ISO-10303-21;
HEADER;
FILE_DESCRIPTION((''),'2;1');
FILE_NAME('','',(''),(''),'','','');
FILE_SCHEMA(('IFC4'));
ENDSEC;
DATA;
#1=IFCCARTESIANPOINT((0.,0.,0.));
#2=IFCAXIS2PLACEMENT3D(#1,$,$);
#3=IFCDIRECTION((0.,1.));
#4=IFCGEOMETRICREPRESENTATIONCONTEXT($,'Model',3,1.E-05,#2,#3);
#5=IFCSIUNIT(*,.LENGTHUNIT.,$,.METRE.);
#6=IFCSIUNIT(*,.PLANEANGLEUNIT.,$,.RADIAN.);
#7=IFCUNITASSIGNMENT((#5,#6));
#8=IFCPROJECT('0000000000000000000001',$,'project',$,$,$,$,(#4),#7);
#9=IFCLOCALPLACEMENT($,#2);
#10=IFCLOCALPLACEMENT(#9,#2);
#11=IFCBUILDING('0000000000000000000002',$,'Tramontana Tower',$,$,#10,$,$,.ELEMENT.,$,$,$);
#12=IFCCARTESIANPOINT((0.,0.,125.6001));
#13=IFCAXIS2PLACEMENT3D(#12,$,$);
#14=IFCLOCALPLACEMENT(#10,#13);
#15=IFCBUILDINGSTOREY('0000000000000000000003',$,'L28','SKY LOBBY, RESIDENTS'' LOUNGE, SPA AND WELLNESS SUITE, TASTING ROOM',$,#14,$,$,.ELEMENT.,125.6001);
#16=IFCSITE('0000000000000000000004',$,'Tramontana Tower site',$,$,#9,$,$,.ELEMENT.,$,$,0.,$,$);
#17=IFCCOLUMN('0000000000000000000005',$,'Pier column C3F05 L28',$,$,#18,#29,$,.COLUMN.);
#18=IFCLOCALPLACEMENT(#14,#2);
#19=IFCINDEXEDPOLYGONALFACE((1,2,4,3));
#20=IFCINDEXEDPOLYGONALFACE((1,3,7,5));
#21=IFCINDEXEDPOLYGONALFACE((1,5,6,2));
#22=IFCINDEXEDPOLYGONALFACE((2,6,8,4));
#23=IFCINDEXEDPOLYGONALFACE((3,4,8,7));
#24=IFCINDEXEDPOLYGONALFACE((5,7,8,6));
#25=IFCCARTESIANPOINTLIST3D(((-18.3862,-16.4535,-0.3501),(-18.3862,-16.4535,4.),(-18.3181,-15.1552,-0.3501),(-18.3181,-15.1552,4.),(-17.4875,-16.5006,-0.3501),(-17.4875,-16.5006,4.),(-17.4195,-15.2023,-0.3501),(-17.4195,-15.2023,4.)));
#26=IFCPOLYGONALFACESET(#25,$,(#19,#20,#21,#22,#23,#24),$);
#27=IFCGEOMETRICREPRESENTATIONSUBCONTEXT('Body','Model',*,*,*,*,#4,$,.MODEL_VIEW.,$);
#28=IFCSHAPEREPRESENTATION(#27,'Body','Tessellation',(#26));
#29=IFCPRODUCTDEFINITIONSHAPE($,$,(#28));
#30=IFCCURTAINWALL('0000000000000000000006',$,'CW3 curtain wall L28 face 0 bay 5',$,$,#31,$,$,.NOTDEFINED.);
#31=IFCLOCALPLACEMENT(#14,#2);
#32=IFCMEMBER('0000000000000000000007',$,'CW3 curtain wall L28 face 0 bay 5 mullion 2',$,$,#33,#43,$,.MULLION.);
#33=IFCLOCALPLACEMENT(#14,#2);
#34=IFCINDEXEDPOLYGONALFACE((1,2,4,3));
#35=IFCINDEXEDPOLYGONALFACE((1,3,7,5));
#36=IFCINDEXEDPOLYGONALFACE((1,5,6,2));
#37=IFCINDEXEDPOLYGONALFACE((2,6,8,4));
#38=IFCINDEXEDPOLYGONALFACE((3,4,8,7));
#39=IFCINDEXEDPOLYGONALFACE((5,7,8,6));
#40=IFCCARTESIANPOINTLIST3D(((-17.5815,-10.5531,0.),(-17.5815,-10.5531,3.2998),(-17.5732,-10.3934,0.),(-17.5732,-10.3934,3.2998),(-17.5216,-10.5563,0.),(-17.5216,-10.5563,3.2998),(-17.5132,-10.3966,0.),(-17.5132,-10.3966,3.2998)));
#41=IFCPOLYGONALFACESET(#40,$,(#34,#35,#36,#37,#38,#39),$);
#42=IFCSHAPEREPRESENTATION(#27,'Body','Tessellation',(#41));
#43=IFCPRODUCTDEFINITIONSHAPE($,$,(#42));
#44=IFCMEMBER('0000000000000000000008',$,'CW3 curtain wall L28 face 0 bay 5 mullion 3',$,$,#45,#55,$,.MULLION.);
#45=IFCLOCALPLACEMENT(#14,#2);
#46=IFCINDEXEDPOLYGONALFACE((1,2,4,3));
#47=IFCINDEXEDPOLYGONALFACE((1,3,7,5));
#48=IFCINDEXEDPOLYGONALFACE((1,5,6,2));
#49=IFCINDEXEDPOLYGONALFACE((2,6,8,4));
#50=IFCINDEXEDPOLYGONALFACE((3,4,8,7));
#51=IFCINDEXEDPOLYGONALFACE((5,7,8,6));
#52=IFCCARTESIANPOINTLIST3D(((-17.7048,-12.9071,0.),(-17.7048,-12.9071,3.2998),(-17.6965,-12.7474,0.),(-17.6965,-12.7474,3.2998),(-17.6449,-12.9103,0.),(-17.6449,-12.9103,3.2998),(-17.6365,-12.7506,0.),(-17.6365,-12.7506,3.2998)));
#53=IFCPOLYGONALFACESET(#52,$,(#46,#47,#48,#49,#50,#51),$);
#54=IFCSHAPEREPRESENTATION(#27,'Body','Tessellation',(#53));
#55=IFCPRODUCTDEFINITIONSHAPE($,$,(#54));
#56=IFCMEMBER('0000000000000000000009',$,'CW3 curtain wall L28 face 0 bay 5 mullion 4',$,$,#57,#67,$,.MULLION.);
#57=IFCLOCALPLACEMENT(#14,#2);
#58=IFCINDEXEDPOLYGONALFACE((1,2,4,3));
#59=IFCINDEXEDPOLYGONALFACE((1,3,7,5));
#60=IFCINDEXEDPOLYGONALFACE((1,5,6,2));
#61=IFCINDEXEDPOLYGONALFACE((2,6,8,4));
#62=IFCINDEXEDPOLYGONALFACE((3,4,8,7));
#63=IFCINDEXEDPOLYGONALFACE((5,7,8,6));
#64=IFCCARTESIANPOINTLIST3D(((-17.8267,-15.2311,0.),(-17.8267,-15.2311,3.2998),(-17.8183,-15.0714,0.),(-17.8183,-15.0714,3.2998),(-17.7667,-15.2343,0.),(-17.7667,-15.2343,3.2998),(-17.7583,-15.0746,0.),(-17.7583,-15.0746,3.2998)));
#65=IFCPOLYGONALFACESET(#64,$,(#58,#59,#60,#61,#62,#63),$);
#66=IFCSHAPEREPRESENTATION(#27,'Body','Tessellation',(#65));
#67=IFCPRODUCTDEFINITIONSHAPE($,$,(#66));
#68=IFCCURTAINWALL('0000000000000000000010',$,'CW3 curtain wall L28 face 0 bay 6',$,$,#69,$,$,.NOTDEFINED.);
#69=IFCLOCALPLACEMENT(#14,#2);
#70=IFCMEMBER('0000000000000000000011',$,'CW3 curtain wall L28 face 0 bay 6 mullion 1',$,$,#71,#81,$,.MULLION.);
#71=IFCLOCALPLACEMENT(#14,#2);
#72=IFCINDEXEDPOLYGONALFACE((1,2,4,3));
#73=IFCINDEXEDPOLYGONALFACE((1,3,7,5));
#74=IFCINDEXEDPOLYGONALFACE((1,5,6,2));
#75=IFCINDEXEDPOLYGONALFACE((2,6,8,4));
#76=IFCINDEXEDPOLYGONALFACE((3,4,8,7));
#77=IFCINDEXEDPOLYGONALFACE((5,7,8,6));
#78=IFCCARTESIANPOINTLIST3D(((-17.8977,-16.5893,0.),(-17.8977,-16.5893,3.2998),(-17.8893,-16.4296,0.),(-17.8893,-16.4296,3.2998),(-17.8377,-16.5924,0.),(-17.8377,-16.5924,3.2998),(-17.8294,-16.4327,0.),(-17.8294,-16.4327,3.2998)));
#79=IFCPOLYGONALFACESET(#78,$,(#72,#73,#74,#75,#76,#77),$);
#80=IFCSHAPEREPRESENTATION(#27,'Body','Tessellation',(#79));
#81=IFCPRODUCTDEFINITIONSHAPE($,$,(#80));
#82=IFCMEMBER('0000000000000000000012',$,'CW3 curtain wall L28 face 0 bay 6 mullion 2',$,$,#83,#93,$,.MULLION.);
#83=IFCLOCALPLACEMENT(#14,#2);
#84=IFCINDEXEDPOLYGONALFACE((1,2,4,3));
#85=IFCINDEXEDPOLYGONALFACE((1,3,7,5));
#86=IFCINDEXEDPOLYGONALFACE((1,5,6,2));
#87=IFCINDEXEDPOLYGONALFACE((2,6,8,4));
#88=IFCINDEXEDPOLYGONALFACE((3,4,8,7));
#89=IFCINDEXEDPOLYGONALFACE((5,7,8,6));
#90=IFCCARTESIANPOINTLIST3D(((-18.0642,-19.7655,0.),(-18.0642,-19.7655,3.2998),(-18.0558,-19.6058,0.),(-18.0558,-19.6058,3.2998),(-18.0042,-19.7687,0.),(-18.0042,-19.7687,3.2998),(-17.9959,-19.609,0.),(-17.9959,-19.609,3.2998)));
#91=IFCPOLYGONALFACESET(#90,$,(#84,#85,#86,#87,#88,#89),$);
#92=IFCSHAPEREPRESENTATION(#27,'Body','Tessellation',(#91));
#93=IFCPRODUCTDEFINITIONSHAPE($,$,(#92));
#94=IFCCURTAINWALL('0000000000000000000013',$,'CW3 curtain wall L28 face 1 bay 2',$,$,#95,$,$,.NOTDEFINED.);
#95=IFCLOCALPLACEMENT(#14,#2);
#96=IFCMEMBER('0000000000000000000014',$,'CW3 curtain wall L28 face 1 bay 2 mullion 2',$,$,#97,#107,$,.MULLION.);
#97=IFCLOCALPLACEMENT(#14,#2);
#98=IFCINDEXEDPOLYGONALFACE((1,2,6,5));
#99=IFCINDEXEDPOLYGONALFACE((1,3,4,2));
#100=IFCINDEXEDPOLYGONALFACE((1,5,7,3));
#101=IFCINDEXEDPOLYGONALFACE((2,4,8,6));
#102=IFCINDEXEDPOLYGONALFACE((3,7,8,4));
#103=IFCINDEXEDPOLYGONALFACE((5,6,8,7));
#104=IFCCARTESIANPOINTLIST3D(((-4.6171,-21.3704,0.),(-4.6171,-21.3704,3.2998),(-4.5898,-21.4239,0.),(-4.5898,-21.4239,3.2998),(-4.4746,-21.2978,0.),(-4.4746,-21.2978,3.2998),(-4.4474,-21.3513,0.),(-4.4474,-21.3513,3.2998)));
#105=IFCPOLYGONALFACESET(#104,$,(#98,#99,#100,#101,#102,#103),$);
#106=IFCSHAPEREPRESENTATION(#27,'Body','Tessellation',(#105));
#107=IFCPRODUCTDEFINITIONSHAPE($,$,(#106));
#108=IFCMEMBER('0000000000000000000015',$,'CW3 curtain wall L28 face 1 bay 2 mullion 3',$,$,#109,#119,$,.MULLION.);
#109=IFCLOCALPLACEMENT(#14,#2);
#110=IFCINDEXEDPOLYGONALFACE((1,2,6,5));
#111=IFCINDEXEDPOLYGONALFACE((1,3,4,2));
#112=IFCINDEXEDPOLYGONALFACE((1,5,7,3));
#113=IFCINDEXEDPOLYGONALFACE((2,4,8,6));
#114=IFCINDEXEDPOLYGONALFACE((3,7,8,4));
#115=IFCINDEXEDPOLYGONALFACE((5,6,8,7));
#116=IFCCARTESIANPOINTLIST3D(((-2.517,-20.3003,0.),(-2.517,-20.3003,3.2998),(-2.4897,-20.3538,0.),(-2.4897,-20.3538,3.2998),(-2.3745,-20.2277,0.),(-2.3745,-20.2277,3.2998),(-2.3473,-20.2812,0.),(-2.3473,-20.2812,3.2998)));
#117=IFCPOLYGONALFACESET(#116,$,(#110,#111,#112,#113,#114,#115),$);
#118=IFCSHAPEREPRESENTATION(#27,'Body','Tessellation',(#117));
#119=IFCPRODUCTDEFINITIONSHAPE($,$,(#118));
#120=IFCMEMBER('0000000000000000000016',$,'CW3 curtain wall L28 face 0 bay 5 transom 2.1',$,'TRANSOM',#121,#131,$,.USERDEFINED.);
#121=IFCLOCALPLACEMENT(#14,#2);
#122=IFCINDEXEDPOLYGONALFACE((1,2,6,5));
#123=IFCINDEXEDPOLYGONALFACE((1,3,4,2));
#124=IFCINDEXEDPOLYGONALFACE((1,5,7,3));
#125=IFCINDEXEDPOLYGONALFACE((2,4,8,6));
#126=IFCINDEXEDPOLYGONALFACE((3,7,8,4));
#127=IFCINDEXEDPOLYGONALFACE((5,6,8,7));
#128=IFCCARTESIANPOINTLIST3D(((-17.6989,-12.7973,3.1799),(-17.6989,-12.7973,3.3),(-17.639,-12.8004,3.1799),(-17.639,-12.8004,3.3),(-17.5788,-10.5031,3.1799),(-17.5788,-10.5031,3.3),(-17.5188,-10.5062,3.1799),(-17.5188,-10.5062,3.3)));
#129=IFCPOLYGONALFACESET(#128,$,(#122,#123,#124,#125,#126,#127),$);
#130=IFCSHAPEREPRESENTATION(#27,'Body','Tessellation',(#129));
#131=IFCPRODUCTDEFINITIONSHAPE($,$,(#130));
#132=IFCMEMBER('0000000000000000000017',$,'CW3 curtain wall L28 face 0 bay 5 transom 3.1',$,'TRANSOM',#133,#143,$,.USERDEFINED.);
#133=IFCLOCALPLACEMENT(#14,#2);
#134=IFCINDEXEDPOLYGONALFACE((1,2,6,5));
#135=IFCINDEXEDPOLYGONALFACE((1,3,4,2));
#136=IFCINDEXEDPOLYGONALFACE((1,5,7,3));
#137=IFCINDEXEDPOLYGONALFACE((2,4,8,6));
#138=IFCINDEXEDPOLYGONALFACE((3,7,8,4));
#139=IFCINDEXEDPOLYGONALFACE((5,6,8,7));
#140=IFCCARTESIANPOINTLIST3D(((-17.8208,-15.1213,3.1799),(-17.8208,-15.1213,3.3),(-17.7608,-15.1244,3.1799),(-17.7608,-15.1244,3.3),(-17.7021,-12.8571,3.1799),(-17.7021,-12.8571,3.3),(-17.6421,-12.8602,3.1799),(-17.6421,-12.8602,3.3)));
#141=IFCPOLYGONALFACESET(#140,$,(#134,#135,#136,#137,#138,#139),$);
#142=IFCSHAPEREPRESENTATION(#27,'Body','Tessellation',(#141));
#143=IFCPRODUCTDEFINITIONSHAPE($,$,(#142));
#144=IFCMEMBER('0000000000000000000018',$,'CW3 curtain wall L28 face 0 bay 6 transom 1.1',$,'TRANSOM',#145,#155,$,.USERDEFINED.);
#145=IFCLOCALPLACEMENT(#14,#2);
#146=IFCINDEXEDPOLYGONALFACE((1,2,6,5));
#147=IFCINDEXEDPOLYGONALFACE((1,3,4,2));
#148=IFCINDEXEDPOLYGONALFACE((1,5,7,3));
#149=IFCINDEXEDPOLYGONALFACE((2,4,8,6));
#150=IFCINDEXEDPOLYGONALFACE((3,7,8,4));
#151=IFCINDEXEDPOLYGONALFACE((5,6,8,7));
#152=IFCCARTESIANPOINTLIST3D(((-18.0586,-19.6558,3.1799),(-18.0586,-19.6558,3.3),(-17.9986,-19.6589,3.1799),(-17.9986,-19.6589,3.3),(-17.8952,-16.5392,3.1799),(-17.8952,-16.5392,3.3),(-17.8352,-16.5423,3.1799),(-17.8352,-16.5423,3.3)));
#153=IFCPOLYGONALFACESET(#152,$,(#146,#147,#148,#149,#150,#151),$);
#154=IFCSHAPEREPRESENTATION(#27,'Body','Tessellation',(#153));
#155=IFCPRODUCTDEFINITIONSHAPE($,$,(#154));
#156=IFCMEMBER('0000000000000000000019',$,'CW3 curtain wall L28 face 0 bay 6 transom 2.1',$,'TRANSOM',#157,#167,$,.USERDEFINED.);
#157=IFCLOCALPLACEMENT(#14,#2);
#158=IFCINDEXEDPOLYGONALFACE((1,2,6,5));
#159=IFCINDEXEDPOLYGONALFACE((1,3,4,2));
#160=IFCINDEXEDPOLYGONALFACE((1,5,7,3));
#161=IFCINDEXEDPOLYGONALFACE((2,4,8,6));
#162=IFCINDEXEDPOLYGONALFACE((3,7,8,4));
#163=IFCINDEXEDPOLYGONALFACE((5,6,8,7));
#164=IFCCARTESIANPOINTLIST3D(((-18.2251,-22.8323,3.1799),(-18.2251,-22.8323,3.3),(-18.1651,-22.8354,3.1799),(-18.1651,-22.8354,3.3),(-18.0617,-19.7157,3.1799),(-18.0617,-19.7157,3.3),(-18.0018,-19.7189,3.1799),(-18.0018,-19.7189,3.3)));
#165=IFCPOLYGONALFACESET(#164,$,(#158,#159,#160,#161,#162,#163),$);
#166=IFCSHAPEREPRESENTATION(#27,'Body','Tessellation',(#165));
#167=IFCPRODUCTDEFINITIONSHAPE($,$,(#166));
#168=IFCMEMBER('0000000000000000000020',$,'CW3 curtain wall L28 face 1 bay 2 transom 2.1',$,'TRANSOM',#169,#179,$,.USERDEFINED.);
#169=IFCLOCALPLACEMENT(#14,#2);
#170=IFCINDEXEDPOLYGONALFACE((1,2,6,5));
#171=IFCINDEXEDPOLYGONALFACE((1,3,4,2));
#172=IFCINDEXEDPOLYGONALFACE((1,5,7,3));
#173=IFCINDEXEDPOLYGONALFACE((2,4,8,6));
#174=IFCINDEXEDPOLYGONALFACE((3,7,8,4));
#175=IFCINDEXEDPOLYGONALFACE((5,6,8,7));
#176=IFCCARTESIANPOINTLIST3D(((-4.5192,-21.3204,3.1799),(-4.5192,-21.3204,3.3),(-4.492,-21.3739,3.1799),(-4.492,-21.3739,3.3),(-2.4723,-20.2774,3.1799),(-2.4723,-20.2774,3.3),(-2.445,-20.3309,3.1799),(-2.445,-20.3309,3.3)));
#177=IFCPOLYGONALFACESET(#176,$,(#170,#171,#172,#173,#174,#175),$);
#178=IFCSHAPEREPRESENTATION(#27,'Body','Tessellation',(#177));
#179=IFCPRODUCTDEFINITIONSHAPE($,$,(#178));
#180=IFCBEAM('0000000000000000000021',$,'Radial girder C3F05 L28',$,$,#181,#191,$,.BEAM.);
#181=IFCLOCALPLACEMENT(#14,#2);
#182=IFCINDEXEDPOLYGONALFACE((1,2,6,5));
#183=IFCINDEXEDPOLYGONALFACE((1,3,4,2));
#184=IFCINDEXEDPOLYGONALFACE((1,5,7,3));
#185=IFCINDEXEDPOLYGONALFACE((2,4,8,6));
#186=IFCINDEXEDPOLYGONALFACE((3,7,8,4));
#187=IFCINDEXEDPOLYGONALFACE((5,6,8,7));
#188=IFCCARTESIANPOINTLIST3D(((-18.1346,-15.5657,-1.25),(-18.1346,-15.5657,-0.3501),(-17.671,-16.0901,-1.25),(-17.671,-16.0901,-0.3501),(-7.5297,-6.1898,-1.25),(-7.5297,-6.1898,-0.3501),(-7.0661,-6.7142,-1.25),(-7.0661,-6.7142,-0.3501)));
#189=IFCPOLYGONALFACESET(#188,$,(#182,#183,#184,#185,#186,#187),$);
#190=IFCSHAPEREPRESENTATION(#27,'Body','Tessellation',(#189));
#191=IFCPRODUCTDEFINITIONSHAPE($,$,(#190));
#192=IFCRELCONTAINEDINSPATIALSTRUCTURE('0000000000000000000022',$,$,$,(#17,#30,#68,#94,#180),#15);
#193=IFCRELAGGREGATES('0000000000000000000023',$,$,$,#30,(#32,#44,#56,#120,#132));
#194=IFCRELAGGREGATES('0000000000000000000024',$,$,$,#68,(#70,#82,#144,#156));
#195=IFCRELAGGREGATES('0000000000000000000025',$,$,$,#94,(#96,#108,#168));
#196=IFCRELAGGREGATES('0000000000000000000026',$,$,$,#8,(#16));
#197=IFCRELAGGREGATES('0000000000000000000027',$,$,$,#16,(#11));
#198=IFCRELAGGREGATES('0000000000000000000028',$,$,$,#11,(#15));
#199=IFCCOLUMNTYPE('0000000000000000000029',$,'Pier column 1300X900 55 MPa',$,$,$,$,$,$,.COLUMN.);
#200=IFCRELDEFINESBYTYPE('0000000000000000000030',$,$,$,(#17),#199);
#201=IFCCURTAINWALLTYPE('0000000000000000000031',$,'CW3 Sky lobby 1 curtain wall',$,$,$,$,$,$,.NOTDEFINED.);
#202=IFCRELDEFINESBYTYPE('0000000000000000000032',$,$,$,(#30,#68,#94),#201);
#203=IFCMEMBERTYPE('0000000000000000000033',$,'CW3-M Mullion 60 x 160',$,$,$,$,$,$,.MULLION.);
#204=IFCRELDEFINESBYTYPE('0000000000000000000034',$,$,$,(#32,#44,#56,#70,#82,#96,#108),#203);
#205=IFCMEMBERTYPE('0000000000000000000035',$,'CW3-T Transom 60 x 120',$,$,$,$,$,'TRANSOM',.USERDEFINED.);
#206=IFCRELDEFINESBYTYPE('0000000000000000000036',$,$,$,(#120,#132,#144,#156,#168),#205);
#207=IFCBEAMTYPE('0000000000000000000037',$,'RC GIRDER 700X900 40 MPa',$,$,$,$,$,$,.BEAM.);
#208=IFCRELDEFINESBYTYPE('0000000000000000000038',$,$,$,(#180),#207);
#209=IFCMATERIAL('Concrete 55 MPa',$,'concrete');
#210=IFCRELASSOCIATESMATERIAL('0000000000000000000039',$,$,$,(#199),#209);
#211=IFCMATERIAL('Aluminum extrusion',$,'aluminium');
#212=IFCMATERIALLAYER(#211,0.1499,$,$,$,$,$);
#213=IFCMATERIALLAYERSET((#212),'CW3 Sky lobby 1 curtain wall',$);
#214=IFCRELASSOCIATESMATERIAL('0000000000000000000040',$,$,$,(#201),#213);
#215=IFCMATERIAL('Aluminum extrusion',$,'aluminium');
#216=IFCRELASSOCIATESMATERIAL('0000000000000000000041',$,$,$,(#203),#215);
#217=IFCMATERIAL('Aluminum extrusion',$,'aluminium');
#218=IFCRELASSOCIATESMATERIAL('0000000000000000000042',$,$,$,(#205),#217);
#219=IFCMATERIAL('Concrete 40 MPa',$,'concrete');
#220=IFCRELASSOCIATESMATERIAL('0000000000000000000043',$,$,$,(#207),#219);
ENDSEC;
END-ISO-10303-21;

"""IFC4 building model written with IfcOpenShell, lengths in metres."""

from ifc_helpers import new_model, si_unit, direction, frame, origin, origin_2d, place, context, subcontext, project, spatial, rectangle, extrude, material, layer, layer_set, material_profile, profile_set, type_object, element, aggregate, save


model = new_model("IFC4")

# Units and contexts
model_context = context("Model", 3, precision=1e-05, world=origin(), true_north=direction((0.0, 1.0)))
body_context = subcontext(model_context, "Body", "Model", "MODEL_VIEW")
ifc_project = project(units=[si_unit("LENGTHUNIT", "METRE"), si_unit("PLANEANGLEUNIT", "RADIAN")], contexts=[model_context])

# Site, building, storey
site_placement = place(None, origin())
site = spatial("IfcSite", under=ifc_project, at=site_placement, Name="Tramontana Tower site", CompositionType="ELEMENT", RefElevation=0.0)
building_placement = place(site_placement, origin())
building = spatial("IfcBuilding", under=site, at=building_placement, Name="Tramontana Tower", CompositionType="ELEMENT")
storey_placement = place(building_placement, frame((0.0, 0.0, 125.6001)))
storey = spatial("IfcBuildingStorey", under=building, at=storey_placement, Name="L28", Description="SKY LOBBY, RESIDENTS' LOUNGE, SPA AND WELLNESS SUITE, TASTING ROOM", CompositionType="ELEMENT", Elevation=125.6001)

# Column
ifc_material_1 = material(Name="Concrete 55 MPa", Category="concrete")
ifc_material_profile_1 = material_profile(ifc_material_1, rectangle(XDim=1.3, YDim=0.8999, at=origin_2d()), Name="Pier column 1300X900 55 MPa")
ifc_profile_set_1 = profile_set([ifc_material_profile_1], Name="Concrete 55 MPa")
column_type = type_object("IfcColumnType", Name="Pier column 1300X900 55 MPa", PredefinedType="COLUMN", material=ifc_profile_set_1)
column_placement = place(storey_placement, frame((-17.9028, -15.8279, -0.3501), z_axis=(0.0, 0.0, 1.0), x_axis=(-0.052336, -0.99863, 0.0)))
element("IfcColumn", 1, at=column_placement, inside=storey, type_object=column_type, Name="Pier column C3F05 L28", PredefinedType="COLUMN", context=body_context, shape_type="SweptSolid", body=[
    extrude(rectangle(XDim=1.3, YDim=0.8999, at=origin_2d()), origin(), (0.0, 0.0, 1.0), 4.3501),
])

# Curtain walls, members
ifc_material_2 = material(Name="Aluminum extrusion", Category="aluminium")
ifc_layer_1 = layer(ifc_material_2, 0.1499)
ifc_layer_set_1 = layer_set([ifc_layer_1], Name="CW3 Sky lobby 1 curtain wall")
curtain_wall_type = type_object("IfcCurtainWallType", Name="CW3 Sky lobby 1 curtain wall", PredefinedType="NOTDEFINED", material=ifc_layer_set_1)
curtain_wall_1_placement = place(storey_placement, origin())
curtain_wall_1 = element("IfcCurtainWall", 2, at=curtain_wall_1_placement, inside=storey, type_object=curtain_wall_type, Name="CW3 curtain wall L28 face 0 bay 5", PredefinedType="NOTDEFINED")
ifc_material_3 = material(Name="Aluminum extrusion", Category="aluminium")
ifc_material_profile_2 = material_profile(ifc_material_3, rectangle(XDim=0.0601, YDim=0.1599, at=origin_2d()), Name="CW3-M Mullion 60 x 160")
ifc_profile_set_2 = profile_set([ifc_material_profile_2], Name="Aluminum extrusion")
member_type_1 = type_object("IfcMemberType", Name="CW3-M Mullion 60 x 160", PredefinedType="MULLION", material=ifc_profile_set_2)
member_1_placement = place(storey_placement, frame((-17.5474, -10.4749, 0.0), z_axis=(0.0, 0.0, 1.0), x_axis=(0.99863, -0.052336, 0.0)))
member_1 = element("IfcMember", 3, at=member_1_placement, type_object=member_type_1, Name="CW3 curtain wall L28 face 0 bay 5 mullion 2", PredefinedType="MULLION", context=body_context, shape_type="SweptSolid", body=[
    extrude(rectangle(XDim=0.0601, YDim=0.1599, at=origin_2d()), origin(), (0.0, 0.0, 1.0), 3.2998),
])
member_2_placement = place(storey_placement, frame((-17.6707, -12.8289, 0.0), z_axis=(0.0, 0.0, 1.0), x_axis=(0.99863, -0.052336, 0.0)))
member_2 = element("IfcMember", 4, at=member_2_placement, type_object=member_type_1, Name="CW3 curtain wall L28 face 0 bay 5 mullion 3", PredefinedType="MULLION", context=body_context, shape_type="SweptSolid", body=[
    extrude(rectangle(XDim=0.0601, YDim=0.1599, at=origin_2d()), origin(), (0.0, 0.0, 1.0), 3.2998),
])
member_3_placement = place(storey_placement, frame((-17.7925, -15.1528, 0.0), z_axis=(0.0, 0.0, 1.0), x_axis=(0.99863, -0.052336, 0.0)))
member_3 = element("IfcMember", 5, at=member_3_placement, type_object=member_type_1, Name="CW3 curtain wall L28 face 0 bay 5 mullion 4", PredefinedType="MULLION", context=body_context, shape_type="SweptSolid", body=[
    extrude(rectangle(XDim=0.0601, YDim=0.1599, at=origin_2d()), origin(), (0.0, 0.0, 1.0), 3.2998),
])
curtain_wall_2_placement = place(storey_placement, origin())
curtain_wall_2 = element("IfcCurtainWall", 6, at=curtain_wall_2_placement, inside=storey, type_object=curtain_wall_type, Name="CW3 curtain wall L28 face 0 bay 6", PredefinedType="NOTDEFINED")
member_4_placement = place(storey_placement, frame((-17.8635, -16.511, 0.0), z_axis=(0.0, 0.0, 1.0), x_axis=(0.99863, -0.052336, 0.0)))
member_4 = element("IfcMember", 7, at=member_4_placement, type_object=member_type_1, Name="CW3 curtain wall L28 face 0 bay 6 mullion 1", PredefinedType="MULLION", context=body_context, shape_type="SweptSolid", body=[
    extrude(rectangle(XDim=0.0601, YDim=0.1599, at=origin_2d()), origin(), (0.0, 0.0, 1.0), 3.2998),
])
member_5_placement = place(storey_placement, frame((-18.03, -19.6873, 0.0), z_axis=(0.0, 0.0, 1.0), x_axis=(0.99863, -0.052336, 0.0)))
member_5 = element("IfcMember", 8, at=member_5_placement, type_object=member_type_1, Name="CW3 curtain wall L28 face 0 bay 6 mullion 2", PredefinedType="MULLION", context=body_context, shape_type="SweptSolid", body=[
    extrude(rectangle(XDim=0.0601, YDim=0.1599, at=origin_2d()), origin(), (0.0, 0.0, 1.0), 3.2998),
])
curtain_wall_3_placement = place(storey_placement, origin())
curtain_wall_3 = element("IfcCurtainWall", 9, at=curtain_wall_3_placement, inside=storey, type_object=curtain_wall_type, Name="CW3 curtain wall L28 face 1 bay 2", PredefinedType="NOTDEFINED")
member_6_placement = place(storey_placement, frame((-4.5322, -21.3608, 0.0), z_axis=(0.0, 0.0, 1.0), x_axis=(-0.45399, 0.891007, 0.0)))
member_6 = element("IfcMember", 10, at=member_6_placement, type_object=member_type_1, Name="CW3 curtain wall L28 face 1 bay 2 mullion 2", PredefinedType="MULLION", context=body_context, shape_type="SweptSolid", body=[
    extrude(rectangle(XDim=0.0601, YDim=0.1599, at=origin_2d()), origin(), (0.0, 0.0, 1.0), 3.2998),
])
member_7_placement = place(storey_placement, frame((-2.4321, -20.2908, 0.0), z_axis=(0.0, 0.0, 1.0), x_axis=(-0.45399, 0.891007, 0.0)))
member_7 = element("IfcMember", 11, at=member_7_placement, type_object=member_type_1, Name="CW3 curtain wall L28 face 1 bay 2 mullion 3", PredefinedType="MULLION", context=body_context, shape_type="SweptSolid", body=[
    extrude(rectangle(XDim=0.0601, YDim=0.1599, at=origin_2d()), origin(), (0.0, 0.0, 1.0), 3.2998),
])

# Members
ifc_material_4 = material(Name="Aluminum extrusion", Category="aluminium")
ifc_material_profile_3 = material_profile(ifc_material_4, rectangle(XDim=0.0601, YDim=0.1201, at=origin_2d()), Name="CW3-T Transom 60 x 120")
ifc_profile_set_3 = profile_set([ifc_material_profile_3], Name="Aluminum extrusion")
member_type_2 = type_object("IfcMemberType", Name="CW3-T Transom 60 x 120", ElementType="TRANSOM", PredefinedType="USERDEFINED", material=ifc_profile_set_3)
member_8_placement = place(storey_placement, frame((-17.5488, -10.5046, 3.24), z_axis=(-0.052286, -0.998632, 0.0), x_axis=(0.998632, -0.052286, 0.0)))
member_8 = element("IfcMember", 12, at=member_8_placement, type_object=member_type_2, Name="CW3 curtain wall L28 face 0 bay 5 transom 2.1", ObjectType="TRANSOM", PredefinedType="USERDEFINED", context=body_context, shape_type="SweptSolid", body=[
    extrude(rectangle(XDim=0.0601, YDim=0.1201, at=origin_2d()), origin(), (0.0, 0.0, 1.0), 2.2974),
])
member_9_placement = place(storey_placement, frame((-17.6721, -12.8586, 3.24), z_axis=(-0.052333, -0.99863, 0.0), x_axis=(0.99863, -0.052333, 0.0)))
member_9 = element("IfcMember", 13, at=member_9_placement, type_object=member_type_2, Name="CW3 curtain wall L28 face 0 bay 5 transom 3.1", ObjectType="TRANSOM", PredefinedType="USERDEFINED", context=body_context, shape_type="SweptSolid", body=[
    extrude(rectangle(XDim=0.0601, YDim=0.1201, at=origin_2d()), origin(), (0.0, 0.0, 1.0), 2.2673),
])
member_10_placement = place(storey_placement, frame((-17.8652, -16.5408, 3.24), z_axis=(-0.052337, -0.998629, 0.0), x_axis=(0.998629, -0.052337, 0.0)))
member_10 = element("IfcMember", 14, at=member_10_placement, type_object=member_type_2, Name="CW3 curtain wall L28 face 0 bay 6 transom 1.1", ObjectType="TRANSOM", PredefinedType="USERDEFINED", context=body_context, shape_type="SweptSolid", body=[
    extrude(rectangle(XDim=0.0601, YDim=0.1201, at=origin_2d()), origin(), (0.0, 0.0, 1.0), 3.1208),
])
member_11_placement = place(storey_placement, frame((-18.0317, -19.7173, 3.24), z_axis=(-0.052337, -0.998629, 0.0), x_axis=(0.998629, -0.052337, 0.0)))
member_11 = element("IfcMember", 15, at=member_11_placement, type_object=member_type_2, Name="CW3 curtain wall L28 face 0 bay 6 transom 2.1", ObjectType="TRANSOM", PredefinedType="USERDEFINED", context=body_context, shape_type="SweptSolid", body=[
    extrude(rectangle(XDim=0.0601, YDim=0.1201, at=origin_2d()), origin(), (0.0, 0.0, 1.0), 3.1208),
])
member_12_placement = place(storey_placement, frame((-4.5056, -21.3472, 3.24), z_axis=(0.891001, 0.454002, 0.0), x_axis=(-0.454002, 0.891001, 0.0)))
member_12 = element("IfcMember", 16, at=member_12_placement, type_object=member_type_2, Name="CW3 curtain wall L28 face 1 bay 2 transom 2.1", ObjectType="TRANSOM", PredefinedType="USERDEFINED", context=body_context, shape_type="SweptSolid", body=[
    extrude(rectangle(XDim=0.0601, YDim=0.1201, at=origin_2d()), origin(), (0.0, 0.0, 1.0), 2.2974),
])

# Beam
ifc_material_5 = material(Name="Concrete 40 MPa", Category="concrete")
ifc_material_profile_4 = material_profile(ifc_material_5, rectangle(XDim=0.7, YDim=0.8999, at=origin_2d()), Name="RC GIRDER 700X900 40 MPa")
ifc_profile_set_4 = profile_set([ifc_material_profile_4], Name="Concrete 40 MPa")
beam_type_1 = type_object("IfcBeamType", Name="RC GIRDER 700X900 40 MPa", PredefinedType="BEAM", material=ifc_profile_set_4)
beam_1_placement = place(storey_placement, frame((-17.9028, -15.8279, -0.8), z_axis=(0.749184, 0.662362, 0.0), x_axis=(-0.662362, 0.749184, 0.0)))
element("IfcBeam", 17, at=beam_1_placement, inside=storey, type_object=beam_type_1, Name="Radial girder C3F05 L28", PredefinedType="BEAM", context=body_context, shape_type="SweptSolid", body=[
    extrude(rectangle(XDim=0.7, YDim=0.8999, at=origin_2d()), origin(), (0.0, 0.0, 1.0), 14.1553),
])

aggregate(curtain_wall_1, [member_1, member_2, member_3, member_8, member_9])
aggregate(curtain_wall_2, [member_4, member_5, member_10, member_11])
aggregate(curtain_wall_3, [member_6, member_7, member_12])

save(model, "model.ifc")
